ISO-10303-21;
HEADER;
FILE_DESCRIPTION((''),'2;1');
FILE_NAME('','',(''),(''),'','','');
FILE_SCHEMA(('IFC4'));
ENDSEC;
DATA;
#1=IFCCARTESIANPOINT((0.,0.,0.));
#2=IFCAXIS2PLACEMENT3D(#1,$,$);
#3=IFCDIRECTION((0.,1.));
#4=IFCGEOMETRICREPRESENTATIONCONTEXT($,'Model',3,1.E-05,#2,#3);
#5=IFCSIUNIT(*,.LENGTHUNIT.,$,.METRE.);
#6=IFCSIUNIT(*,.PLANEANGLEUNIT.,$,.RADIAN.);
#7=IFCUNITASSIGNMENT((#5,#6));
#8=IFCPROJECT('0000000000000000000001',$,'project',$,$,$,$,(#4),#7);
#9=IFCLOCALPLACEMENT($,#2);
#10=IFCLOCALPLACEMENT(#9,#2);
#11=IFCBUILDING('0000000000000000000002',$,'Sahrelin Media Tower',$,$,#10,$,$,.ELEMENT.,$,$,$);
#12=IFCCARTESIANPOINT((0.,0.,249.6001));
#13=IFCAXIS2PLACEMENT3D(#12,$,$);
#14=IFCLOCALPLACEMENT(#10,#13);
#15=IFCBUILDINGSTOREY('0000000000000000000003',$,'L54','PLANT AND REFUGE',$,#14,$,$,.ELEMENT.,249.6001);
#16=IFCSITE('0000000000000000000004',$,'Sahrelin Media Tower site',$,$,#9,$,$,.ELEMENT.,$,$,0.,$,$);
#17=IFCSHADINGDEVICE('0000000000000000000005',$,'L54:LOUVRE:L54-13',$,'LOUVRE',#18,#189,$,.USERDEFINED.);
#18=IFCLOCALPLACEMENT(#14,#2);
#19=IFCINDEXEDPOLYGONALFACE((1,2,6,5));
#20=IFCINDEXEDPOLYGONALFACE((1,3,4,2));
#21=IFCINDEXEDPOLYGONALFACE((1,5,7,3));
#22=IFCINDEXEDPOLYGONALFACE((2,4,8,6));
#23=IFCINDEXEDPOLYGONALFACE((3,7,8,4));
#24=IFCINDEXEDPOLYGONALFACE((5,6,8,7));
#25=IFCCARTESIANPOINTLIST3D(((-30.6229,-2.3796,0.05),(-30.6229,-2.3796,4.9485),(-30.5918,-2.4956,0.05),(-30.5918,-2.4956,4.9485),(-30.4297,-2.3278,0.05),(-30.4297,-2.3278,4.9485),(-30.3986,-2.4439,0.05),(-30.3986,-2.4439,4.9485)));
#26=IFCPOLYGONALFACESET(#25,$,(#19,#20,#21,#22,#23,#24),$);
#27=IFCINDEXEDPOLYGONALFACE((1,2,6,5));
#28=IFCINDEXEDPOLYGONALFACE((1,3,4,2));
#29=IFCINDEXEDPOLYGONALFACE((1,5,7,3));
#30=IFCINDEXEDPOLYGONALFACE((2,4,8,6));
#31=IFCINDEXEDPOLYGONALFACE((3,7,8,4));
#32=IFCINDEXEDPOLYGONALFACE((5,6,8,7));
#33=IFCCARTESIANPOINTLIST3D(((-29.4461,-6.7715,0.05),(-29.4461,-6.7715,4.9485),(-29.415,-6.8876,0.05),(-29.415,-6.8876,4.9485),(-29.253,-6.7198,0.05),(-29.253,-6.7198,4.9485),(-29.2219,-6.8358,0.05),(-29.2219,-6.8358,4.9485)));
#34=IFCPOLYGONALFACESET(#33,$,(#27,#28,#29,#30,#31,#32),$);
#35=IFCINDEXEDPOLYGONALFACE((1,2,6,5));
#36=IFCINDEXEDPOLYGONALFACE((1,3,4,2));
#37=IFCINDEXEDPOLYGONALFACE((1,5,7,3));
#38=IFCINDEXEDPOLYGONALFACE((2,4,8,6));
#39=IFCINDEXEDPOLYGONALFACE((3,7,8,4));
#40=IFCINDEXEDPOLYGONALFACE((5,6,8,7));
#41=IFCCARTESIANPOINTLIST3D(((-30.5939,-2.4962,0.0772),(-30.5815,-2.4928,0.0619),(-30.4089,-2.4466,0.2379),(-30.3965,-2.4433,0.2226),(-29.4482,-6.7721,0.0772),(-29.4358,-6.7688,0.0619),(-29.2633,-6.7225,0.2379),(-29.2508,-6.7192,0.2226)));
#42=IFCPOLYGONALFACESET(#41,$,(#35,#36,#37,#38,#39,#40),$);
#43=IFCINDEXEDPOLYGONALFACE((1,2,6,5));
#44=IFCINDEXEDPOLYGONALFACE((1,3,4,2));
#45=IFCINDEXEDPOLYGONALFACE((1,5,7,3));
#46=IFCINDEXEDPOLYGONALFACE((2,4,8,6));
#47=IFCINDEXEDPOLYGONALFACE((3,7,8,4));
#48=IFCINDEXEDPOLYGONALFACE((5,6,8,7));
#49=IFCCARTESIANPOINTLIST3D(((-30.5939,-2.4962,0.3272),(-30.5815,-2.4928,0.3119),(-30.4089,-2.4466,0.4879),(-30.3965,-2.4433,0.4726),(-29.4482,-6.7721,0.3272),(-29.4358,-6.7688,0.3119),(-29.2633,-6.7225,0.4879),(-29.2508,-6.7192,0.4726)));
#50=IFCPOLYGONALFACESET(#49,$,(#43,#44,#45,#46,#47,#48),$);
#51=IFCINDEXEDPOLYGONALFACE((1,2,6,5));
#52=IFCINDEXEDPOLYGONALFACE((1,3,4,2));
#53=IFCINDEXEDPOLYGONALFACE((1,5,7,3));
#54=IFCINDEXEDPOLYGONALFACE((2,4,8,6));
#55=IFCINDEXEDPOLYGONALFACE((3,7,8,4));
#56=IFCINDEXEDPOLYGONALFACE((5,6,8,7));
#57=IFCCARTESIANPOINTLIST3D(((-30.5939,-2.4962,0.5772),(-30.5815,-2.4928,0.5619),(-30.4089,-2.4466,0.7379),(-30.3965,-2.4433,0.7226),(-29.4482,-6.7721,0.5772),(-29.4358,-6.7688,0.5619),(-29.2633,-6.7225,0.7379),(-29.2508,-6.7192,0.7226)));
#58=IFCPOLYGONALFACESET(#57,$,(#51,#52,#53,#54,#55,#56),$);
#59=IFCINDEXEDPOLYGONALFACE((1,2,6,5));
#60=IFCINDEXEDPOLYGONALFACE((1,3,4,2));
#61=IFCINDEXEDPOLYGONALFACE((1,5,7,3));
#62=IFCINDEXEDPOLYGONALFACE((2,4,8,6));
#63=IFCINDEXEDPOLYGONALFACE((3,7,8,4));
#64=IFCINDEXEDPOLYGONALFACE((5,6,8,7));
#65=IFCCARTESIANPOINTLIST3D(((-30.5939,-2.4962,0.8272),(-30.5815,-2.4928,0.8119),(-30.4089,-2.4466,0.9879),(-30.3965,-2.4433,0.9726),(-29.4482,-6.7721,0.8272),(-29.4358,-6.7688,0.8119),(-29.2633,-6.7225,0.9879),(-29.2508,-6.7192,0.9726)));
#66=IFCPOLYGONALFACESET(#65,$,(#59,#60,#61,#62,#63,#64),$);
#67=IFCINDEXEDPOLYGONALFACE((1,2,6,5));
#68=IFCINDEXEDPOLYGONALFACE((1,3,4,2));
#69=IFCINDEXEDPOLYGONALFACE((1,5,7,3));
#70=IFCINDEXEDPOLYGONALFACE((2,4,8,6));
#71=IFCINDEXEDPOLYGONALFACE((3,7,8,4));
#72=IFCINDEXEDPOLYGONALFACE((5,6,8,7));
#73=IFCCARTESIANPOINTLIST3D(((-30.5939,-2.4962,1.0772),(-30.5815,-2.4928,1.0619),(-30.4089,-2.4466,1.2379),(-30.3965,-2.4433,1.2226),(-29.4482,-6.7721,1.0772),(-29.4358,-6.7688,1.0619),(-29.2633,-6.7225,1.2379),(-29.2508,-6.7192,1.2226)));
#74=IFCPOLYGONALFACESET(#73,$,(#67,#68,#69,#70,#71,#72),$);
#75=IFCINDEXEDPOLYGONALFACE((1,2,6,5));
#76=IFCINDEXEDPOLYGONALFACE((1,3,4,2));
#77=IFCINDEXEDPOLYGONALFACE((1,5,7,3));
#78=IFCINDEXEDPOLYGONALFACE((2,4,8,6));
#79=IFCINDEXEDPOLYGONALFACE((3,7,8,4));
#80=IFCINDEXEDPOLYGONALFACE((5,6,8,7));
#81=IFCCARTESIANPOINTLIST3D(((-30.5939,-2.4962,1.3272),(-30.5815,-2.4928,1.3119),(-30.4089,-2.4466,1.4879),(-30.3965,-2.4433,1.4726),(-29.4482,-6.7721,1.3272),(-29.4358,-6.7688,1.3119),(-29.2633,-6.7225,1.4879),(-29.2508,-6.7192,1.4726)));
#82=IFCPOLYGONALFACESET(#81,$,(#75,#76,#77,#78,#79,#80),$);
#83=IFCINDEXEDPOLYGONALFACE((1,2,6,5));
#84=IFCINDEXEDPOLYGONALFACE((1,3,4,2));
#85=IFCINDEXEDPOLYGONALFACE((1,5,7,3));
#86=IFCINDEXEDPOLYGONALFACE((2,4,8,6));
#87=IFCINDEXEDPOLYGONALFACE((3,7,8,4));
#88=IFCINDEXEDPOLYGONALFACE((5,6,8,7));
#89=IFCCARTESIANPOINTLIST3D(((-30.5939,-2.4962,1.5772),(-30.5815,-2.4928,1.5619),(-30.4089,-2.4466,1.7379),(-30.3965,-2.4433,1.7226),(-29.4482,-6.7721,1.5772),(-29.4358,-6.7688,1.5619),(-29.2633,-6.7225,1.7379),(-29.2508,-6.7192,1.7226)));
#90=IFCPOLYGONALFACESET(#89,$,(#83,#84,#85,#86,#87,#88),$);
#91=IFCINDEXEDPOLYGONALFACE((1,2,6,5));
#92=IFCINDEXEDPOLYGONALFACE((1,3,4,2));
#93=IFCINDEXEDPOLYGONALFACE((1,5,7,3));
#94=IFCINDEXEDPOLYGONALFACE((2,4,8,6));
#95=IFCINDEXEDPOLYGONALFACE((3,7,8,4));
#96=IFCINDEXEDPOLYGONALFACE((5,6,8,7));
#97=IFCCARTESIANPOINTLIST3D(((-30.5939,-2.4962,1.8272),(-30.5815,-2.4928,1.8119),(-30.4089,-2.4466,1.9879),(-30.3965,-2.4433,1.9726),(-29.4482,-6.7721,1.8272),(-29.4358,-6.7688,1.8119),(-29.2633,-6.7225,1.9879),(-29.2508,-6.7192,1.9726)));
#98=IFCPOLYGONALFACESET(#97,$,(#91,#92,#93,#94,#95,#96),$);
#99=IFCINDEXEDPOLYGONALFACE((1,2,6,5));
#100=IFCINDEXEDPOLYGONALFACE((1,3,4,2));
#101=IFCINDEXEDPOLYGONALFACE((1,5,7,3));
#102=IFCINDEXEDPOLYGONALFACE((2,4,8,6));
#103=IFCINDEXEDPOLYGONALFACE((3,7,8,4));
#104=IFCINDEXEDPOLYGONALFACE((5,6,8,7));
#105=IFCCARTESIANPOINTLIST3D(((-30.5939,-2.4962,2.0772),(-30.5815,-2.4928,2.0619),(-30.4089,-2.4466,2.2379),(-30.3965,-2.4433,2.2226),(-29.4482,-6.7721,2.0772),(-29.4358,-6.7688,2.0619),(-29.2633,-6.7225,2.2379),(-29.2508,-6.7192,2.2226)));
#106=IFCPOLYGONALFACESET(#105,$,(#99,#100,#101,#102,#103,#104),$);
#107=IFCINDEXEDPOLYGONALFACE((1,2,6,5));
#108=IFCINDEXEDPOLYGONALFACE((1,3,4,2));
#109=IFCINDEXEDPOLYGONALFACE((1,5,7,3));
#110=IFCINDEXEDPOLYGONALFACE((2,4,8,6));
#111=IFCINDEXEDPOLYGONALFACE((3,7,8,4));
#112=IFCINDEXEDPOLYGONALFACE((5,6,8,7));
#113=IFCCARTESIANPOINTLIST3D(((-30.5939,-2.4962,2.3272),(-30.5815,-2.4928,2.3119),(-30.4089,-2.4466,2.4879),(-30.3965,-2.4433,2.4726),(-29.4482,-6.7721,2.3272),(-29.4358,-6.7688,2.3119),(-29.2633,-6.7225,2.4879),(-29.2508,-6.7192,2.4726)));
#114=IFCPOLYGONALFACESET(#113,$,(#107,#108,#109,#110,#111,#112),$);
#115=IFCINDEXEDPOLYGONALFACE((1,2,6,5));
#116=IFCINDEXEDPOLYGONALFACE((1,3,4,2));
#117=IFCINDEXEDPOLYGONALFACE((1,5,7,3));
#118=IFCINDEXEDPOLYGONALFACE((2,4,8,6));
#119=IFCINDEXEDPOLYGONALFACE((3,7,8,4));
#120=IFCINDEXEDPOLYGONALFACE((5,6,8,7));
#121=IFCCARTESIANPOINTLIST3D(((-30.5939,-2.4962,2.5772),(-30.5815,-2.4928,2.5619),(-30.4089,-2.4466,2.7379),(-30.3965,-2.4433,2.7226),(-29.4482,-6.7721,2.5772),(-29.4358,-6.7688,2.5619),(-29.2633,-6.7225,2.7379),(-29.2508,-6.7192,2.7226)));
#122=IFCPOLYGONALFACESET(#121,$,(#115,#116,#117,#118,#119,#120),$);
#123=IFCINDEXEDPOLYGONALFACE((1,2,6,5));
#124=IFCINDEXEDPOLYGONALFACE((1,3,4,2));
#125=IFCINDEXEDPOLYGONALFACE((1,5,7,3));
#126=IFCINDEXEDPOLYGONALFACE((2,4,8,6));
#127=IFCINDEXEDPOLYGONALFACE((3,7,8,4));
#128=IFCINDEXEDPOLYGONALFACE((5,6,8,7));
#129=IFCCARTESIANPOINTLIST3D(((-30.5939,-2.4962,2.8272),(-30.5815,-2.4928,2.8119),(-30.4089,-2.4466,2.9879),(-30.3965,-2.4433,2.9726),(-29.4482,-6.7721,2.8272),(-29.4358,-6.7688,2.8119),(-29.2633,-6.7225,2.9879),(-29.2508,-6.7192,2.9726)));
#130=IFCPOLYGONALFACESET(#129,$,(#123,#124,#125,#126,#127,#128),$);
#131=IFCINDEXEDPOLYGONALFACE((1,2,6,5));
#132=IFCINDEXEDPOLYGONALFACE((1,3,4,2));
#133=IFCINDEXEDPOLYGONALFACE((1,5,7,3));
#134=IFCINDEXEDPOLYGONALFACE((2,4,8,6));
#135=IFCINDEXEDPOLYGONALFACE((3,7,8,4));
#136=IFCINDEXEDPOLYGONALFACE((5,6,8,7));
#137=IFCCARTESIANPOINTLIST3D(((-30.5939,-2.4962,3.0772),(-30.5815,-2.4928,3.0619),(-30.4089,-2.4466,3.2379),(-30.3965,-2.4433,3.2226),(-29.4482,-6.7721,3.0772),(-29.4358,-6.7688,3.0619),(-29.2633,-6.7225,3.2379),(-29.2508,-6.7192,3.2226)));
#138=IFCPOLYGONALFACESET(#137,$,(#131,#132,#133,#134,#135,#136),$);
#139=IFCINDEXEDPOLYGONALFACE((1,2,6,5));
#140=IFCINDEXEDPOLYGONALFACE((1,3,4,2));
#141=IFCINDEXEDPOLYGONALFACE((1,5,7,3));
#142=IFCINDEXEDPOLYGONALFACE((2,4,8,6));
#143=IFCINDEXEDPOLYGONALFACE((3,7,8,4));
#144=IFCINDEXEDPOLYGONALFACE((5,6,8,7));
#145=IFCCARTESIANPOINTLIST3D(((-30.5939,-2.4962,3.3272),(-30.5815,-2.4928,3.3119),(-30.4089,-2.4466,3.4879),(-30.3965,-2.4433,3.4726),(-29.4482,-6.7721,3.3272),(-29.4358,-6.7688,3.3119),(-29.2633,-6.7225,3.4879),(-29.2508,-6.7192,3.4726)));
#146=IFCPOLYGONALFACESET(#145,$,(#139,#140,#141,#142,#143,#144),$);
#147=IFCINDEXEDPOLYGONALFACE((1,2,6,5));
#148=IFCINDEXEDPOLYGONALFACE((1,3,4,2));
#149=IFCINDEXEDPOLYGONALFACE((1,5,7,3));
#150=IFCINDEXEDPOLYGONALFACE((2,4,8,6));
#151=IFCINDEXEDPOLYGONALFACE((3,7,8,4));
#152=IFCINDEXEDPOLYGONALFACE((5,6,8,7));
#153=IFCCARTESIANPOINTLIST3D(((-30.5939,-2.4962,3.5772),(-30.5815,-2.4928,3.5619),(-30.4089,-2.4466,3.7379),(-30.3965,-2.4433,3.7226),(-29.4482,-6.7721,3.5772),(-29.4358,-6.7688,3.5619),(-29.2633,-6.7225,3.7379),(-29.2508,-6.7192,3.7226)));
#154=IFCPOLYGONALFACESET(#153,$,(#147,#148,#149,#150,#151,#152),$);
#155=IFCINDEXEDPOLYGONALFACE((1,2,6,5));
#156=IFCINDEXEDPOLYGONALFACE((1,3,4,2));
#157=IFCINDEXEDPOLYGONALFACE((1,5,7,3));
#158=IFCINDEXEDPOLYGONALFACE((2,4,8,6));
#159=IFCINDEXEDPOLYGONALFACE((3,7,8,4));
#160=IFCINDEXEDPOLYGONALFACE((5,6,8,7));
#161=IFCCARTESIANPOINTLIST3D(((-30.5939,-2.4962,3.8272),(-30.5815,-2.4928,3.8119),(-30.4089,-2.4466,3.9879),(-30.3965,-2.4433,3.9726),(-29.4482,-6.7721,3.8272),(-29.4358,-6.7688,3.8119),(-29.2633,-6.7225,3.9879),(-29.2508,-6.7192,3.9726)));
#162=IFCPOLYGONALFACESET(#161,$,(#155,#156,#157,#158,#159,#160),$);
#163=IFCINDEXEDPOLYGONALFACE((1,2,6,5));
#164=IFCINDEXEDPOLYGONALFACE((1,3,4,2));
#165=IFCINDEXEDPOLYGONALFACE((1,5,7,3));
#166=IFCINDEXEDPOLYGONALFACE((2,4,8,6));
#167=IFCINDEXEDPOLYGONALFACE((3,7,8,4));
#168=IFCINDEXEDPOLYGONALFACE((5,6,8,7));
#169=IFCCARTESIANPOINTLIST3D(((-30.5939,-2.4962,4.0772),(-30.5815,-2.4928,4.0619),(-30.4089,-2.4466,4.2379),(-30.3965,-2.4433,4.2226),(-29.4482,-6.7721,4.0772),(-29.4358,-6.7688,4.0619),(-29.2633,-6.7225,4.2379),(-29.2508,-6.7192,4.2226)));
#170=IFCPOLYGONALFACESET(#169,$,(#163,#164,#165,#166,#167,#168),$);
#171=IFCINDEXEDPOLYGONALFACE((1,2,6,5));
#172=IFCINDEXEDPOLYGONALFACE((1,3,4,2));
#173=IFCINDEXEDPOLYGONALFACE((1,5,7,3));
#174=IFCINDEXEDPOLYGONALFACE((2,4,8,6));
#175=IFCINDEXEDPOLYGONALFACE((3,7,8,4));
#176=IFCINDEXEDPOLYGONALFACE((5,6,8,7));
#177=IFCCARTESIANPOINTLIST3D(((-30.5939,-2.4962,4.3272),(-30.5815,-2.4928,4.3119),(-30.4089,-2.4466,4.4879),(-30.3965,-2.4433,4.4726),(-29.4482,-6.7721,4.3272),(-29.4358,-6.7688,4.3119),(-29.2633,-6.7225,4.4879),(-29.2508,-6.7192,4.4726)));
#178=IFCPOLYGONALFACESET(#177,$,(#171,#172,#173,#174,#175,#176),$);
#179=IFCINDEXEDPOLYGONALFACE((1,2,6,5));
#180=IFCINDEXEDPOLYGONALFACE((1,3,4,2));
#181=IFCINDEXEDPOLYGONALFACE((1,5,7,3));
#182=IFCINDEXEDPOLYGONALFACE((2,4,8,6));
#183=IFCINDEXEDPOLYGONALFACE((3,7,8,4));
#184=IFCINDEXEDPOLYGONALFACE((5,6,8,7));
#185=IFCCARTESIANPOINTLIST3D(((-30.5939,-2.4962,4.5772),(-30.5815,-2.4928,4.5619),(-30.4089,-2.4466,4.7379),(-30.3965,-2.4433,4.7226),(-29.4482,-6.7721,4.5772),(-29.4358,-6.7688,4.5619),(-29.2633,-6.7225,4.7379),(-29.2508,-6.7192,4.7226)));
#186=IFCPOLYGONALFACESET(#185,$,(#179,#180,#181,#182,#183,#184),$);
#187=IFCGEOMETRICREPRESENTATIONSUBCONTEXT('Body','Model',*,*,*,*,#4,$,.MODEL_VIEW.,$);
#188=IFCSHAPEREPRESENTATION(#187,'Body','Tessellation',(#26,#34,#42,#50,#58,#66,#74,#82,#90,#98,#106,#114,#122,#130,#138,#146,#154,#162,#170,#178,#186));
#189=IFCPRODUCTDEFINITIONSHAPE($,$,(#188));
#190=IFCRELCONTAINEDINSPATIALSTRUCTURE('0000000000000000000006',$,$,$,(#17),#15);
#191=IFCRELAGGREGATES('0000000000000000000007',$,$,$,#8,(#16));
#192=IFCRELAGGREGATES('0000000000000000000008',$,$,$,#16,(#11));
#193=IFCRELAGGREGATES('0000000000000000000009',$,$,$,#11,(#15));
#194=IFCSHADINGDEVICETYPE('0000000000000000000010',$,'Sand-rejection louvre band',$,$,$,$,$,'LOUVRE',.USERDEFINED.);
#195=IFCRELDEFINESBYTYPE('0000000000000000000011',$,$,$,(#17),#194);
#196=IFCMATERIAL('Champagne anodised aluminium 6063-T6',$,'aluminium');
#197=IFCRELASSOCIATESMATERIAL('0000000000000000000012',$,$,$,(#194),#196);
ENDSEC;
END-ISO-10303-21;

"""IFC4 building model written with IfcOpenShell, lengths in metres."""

from ifc_helpers import new_model, si_unit, direction, frame, origin, origin_2d, place, context, subcontext, project, spatial, rectangle, extrude, material, type_object, element, save


model = new_model("IFC4")

# Units and contexts
model_context = context("Model", 3, precision=1e-05, world=origin(), true_north=direction((0.0, 1.0)))
body_context = subcontext(model_context, "Body", "Model", "MODEL_VIEW")
ifc_project = project(units=[si_unit("LENGTHUNIT", "METRE"), si_unit("PLANEANGLEUNIT", "RADIAN")], contexts=[model_context])

# Site, building, storey
site_placement = place(None, origin())
site = spatial("IfcSite", under=ifc_project, at=site_placement, Name="Sahrelin Media Tower site", CompositionType="ELEMENT", RefElevation=0.0)
building_placement = place(site_placement, origin())
building = spatial("IfcBuilding", under=site, at=building_placement, Name="Sahrelin Media Tower", CompositionType="ELEMENT")
storey_placement = place(building_placement, frame((0.0, 0.0, 249.6001)))
storey = spatial("IfcBuildingStorey", under=building, at=storey_placement, Name="L54", Description="PLANT AND REFUGE", CompositionType="ELEMENT", Elevation=249.6001)

# Shading device
ifc_material_1 = material(Name="Champagne anodised aluminium 6063-T6", Category="aluminium")
shading_device_type = type_object("IfcShadingDeviceType", Name="Sand-rejection louvre band", ElementType="LOUVRE", PredefinedType="USERDEFINED", material=ifc_material_1)
shading_device_1_placement = place(storey_placement, frame((-29.8257, -4.5818, 0.0), z_axis=(0.0, 0.0, 1.0), x_axis=(-0.258808, 0.965929, 0.0)))
element("IfcShadingDevice", 1, at=shading_device_1_placement, inside=storey, type_object=shading_device_type, Name="L54:LOUVRE:L54-13", ObjectType="LOUVRE", PredefinedType="USERDEFINED", context=body_context, shape_type="SweptSolid", body=[
    extrude(rectangle(XDim=0.1201, YDim=0.2, at=origin_2d()), frame((2.2734, 0.1001, 0.05), z_axis=(0.0, 0.0, 1.0), x_axis=(1.0, 0.0, 0.0)), (0.0, 0.0, 1.0), 4.8984),
    extrude(rectangle(XDim=0.1201, YDim=0.2, at=origin_2d()), frame((-2.2734, 0.1001, 0.05), z_axis=(0.0, 0.0, 1.0), x_axis=(1.0, 0.0, 0.0)), (0.0, 0.0, 1.0), 4.8984),
    extrude(rectangle(XDim=0.25, YDim=0.02, at=origin_2d()), frame((2.2134, 0.1001, 0.1499), z_axis=(-1.0, 0.0, 0.0), x_axis=(0.0, -0.766044, 0.642788)), (0.0, 0.0, 1.0), 4.4268),
    extrude(rectangle(XDim=0.25, YDim=0.02, at=origin_2d()), frame((2.2134, 0.1001, 0.3999), z_axis=(-1.0, 0.0, 0.0), x_axis=(0.0, -0.766044, 0.642788)), (0.0, 0.0, 1.0), 4.4268),
    extrude(rectangle(XDim=0.25, YDim=0.02, at=origin_2d()), frame((2.2134, 0.1001, 0.6499), z_axis=(-1.0, 0.0, 0.0), x_axis=(0.0, -0.766044, 0.642788)), (0.0, 0.0, 1.0), 4.4268),
    extrude(rectangle(XDim=0.25, YDim=0.02, at=origin_2d()), frame((2.2134, 0.1001, 0.8999), z_axis=(-1.0, 0.0, 0.0), x_axis=(0.0, -0.766044, 0.642788)), (0.0, 0.0, 1.0), 4.4268),
    extrude(rectangle(XDim=0.25, YDim=0.02, at=origin_2d()), frame((2.2134, 0.1001, 1.1499), z_axis=(-1.0, 0.0, 0.0), x_axis=(0.0, -0.766044, 0.642788)), (0.0, 0.0, 1.0), 4.4268),
    extrude(rectangle(XDim=0.25, YDim=0.02, at=origin_2d()), frame((2.2134, 0.1001, 1.3999), z_axis=(-1.0, 0.0, 0.0), x_axis=(0.0, -0.766044, 0.642788)), (0.0, 0.0, 1.0), 4.4268),
    extrude(rectangle(XDim=0.25, YDim=0.02, at=origin_2d()), frame((2.2134, 0.1001, 1.6499), z_axis=(-1.0, 0.0, 0.0), x_axis=(0.0, -0.766044, 0.642788)), (0.0, 0.0, 1.0), 4.4268),
    extrude(rectangle(XDim=0.25, YDim=0.02, at=origin_2d()), frame((2.2134, 0.1001, 1.8999), z_axis=(-1.0, 0.0, 0.0), x_axis=(0.0, -0.766044, 0.642788)), (0.0, 0.0, 1.0), 4.4268),
    extrude(rectangle(XDim=0.25, YDim=0.02, at=origin_2d()), frame((2.2134, 0.1001, 2.1499), z_axis=(-1.0, 0.0, 0.0), x_axis=(0.0, -0.766044, 0.642788)), (0.0, 0.0, 1.0), 4.4268),
    extrude(rectangle(XDim=0.25, YDim=0.02, at=origin_2d()), frame((2.2134, 0.1001, 2.3999), z_axis=(-1.0, 0.0, 0.0), x_axis=(0.0, -0.766044, 0.642788)), (0.0, 0.0, 1.0), 4.4268),
    extrude(rectangle(XDim=0.25, YDim=0.02, at=origin_2d()), frame((2.2134, 0.1001, 2.6499), z_axis=(-1.0, 0.0, 0.0), x_axis=(0.0, -0.766044, 0.642788)), (0.0, 0.0, 1.0), 4.4268),
    extrude(rectangle(XDim=0.25, YDim=0.02, at=origin_2d()), frame((2.2134, 0.1001, 2.8999), z_axis=(-1.0, 0.0, 0.0), x_axis=(0.0, -0.766044, 0.642788)), (0.0, 0.0, 1.0), 4.4268),
    extrude(rectangle(XDim=0.25, YDim=0.02, at=origin_2d()), frame((2.2134, 0.1001, 3.1499), z_axis=(-1.0, 0.0, 0.0), x_axis=(0.0, -0.766044, 0.642788)), (0.0, 0.0, 1.0), 4.4268),
    extrude(rectangle(XDim=0.25, YDim=0.02, at=origin_2d()), frame((2.2134, 0.1001, 3.3999), z_axis=(-1.0, 0.0, 0.0), x_axis=(0.0, -0.766044, 0.642788)), (0.0, 0.0, 1.0), 4.4268),
    extrude(rectangle(XDim=0.25, YDim=0.02, at=origin_2d()), frame((2.2134, 0.1001, 3.6499), z_axis=(-1.0, 0.0, 0.0), x_axis=(0.0, -0.766044, 0.642788)), (0.0, 0.0, 1.0), 4.4268),
    extrude(rectangle(XDim=0.25, YDim=0.02, at=origin_2d()), frame((2.2134, 0.1001, 3.8999), z_axis=(-1.0, 0.0, 0.0), x_axis=(0.0, -0.766044, 0.642788)), (0.0, 0.0, 1.0), 4.4268),
    extrude(rectangle(XDim=0.25, YDim=0.02, at=origin_2d()), frame((2.2134, 0.1001, 4.1499), z_axis=(-1.0, 0.0, 0.0), x_axis=(0.0, -0.766044, 0.642788)), (0.0, 0.0, 1.0), 4.4268),
    extrude(rectangle(XDim=0.25, YDim=0.02, at=origin_2d()), frame((2.2134, 0.1001, 4.3999), z_axis=(-1.0, 0.0, 0.0), x_axis=(0.0, -0.766044, 0.642788)), (0.0, 0.0, 1.0), 4.4268),
    extrude(rectangle(XDim=0.25, YDim=0.02, at=origin_2d()), frame((2.2134, 0.1001, 4.6499), z_axis=(-1.0, 0.0, 0.0), x_axis=(0.0, -0.766044, 0.642788)), (0.0, 0.0, 1.0), 4.4268),
])

save(model, "model.ifc")
